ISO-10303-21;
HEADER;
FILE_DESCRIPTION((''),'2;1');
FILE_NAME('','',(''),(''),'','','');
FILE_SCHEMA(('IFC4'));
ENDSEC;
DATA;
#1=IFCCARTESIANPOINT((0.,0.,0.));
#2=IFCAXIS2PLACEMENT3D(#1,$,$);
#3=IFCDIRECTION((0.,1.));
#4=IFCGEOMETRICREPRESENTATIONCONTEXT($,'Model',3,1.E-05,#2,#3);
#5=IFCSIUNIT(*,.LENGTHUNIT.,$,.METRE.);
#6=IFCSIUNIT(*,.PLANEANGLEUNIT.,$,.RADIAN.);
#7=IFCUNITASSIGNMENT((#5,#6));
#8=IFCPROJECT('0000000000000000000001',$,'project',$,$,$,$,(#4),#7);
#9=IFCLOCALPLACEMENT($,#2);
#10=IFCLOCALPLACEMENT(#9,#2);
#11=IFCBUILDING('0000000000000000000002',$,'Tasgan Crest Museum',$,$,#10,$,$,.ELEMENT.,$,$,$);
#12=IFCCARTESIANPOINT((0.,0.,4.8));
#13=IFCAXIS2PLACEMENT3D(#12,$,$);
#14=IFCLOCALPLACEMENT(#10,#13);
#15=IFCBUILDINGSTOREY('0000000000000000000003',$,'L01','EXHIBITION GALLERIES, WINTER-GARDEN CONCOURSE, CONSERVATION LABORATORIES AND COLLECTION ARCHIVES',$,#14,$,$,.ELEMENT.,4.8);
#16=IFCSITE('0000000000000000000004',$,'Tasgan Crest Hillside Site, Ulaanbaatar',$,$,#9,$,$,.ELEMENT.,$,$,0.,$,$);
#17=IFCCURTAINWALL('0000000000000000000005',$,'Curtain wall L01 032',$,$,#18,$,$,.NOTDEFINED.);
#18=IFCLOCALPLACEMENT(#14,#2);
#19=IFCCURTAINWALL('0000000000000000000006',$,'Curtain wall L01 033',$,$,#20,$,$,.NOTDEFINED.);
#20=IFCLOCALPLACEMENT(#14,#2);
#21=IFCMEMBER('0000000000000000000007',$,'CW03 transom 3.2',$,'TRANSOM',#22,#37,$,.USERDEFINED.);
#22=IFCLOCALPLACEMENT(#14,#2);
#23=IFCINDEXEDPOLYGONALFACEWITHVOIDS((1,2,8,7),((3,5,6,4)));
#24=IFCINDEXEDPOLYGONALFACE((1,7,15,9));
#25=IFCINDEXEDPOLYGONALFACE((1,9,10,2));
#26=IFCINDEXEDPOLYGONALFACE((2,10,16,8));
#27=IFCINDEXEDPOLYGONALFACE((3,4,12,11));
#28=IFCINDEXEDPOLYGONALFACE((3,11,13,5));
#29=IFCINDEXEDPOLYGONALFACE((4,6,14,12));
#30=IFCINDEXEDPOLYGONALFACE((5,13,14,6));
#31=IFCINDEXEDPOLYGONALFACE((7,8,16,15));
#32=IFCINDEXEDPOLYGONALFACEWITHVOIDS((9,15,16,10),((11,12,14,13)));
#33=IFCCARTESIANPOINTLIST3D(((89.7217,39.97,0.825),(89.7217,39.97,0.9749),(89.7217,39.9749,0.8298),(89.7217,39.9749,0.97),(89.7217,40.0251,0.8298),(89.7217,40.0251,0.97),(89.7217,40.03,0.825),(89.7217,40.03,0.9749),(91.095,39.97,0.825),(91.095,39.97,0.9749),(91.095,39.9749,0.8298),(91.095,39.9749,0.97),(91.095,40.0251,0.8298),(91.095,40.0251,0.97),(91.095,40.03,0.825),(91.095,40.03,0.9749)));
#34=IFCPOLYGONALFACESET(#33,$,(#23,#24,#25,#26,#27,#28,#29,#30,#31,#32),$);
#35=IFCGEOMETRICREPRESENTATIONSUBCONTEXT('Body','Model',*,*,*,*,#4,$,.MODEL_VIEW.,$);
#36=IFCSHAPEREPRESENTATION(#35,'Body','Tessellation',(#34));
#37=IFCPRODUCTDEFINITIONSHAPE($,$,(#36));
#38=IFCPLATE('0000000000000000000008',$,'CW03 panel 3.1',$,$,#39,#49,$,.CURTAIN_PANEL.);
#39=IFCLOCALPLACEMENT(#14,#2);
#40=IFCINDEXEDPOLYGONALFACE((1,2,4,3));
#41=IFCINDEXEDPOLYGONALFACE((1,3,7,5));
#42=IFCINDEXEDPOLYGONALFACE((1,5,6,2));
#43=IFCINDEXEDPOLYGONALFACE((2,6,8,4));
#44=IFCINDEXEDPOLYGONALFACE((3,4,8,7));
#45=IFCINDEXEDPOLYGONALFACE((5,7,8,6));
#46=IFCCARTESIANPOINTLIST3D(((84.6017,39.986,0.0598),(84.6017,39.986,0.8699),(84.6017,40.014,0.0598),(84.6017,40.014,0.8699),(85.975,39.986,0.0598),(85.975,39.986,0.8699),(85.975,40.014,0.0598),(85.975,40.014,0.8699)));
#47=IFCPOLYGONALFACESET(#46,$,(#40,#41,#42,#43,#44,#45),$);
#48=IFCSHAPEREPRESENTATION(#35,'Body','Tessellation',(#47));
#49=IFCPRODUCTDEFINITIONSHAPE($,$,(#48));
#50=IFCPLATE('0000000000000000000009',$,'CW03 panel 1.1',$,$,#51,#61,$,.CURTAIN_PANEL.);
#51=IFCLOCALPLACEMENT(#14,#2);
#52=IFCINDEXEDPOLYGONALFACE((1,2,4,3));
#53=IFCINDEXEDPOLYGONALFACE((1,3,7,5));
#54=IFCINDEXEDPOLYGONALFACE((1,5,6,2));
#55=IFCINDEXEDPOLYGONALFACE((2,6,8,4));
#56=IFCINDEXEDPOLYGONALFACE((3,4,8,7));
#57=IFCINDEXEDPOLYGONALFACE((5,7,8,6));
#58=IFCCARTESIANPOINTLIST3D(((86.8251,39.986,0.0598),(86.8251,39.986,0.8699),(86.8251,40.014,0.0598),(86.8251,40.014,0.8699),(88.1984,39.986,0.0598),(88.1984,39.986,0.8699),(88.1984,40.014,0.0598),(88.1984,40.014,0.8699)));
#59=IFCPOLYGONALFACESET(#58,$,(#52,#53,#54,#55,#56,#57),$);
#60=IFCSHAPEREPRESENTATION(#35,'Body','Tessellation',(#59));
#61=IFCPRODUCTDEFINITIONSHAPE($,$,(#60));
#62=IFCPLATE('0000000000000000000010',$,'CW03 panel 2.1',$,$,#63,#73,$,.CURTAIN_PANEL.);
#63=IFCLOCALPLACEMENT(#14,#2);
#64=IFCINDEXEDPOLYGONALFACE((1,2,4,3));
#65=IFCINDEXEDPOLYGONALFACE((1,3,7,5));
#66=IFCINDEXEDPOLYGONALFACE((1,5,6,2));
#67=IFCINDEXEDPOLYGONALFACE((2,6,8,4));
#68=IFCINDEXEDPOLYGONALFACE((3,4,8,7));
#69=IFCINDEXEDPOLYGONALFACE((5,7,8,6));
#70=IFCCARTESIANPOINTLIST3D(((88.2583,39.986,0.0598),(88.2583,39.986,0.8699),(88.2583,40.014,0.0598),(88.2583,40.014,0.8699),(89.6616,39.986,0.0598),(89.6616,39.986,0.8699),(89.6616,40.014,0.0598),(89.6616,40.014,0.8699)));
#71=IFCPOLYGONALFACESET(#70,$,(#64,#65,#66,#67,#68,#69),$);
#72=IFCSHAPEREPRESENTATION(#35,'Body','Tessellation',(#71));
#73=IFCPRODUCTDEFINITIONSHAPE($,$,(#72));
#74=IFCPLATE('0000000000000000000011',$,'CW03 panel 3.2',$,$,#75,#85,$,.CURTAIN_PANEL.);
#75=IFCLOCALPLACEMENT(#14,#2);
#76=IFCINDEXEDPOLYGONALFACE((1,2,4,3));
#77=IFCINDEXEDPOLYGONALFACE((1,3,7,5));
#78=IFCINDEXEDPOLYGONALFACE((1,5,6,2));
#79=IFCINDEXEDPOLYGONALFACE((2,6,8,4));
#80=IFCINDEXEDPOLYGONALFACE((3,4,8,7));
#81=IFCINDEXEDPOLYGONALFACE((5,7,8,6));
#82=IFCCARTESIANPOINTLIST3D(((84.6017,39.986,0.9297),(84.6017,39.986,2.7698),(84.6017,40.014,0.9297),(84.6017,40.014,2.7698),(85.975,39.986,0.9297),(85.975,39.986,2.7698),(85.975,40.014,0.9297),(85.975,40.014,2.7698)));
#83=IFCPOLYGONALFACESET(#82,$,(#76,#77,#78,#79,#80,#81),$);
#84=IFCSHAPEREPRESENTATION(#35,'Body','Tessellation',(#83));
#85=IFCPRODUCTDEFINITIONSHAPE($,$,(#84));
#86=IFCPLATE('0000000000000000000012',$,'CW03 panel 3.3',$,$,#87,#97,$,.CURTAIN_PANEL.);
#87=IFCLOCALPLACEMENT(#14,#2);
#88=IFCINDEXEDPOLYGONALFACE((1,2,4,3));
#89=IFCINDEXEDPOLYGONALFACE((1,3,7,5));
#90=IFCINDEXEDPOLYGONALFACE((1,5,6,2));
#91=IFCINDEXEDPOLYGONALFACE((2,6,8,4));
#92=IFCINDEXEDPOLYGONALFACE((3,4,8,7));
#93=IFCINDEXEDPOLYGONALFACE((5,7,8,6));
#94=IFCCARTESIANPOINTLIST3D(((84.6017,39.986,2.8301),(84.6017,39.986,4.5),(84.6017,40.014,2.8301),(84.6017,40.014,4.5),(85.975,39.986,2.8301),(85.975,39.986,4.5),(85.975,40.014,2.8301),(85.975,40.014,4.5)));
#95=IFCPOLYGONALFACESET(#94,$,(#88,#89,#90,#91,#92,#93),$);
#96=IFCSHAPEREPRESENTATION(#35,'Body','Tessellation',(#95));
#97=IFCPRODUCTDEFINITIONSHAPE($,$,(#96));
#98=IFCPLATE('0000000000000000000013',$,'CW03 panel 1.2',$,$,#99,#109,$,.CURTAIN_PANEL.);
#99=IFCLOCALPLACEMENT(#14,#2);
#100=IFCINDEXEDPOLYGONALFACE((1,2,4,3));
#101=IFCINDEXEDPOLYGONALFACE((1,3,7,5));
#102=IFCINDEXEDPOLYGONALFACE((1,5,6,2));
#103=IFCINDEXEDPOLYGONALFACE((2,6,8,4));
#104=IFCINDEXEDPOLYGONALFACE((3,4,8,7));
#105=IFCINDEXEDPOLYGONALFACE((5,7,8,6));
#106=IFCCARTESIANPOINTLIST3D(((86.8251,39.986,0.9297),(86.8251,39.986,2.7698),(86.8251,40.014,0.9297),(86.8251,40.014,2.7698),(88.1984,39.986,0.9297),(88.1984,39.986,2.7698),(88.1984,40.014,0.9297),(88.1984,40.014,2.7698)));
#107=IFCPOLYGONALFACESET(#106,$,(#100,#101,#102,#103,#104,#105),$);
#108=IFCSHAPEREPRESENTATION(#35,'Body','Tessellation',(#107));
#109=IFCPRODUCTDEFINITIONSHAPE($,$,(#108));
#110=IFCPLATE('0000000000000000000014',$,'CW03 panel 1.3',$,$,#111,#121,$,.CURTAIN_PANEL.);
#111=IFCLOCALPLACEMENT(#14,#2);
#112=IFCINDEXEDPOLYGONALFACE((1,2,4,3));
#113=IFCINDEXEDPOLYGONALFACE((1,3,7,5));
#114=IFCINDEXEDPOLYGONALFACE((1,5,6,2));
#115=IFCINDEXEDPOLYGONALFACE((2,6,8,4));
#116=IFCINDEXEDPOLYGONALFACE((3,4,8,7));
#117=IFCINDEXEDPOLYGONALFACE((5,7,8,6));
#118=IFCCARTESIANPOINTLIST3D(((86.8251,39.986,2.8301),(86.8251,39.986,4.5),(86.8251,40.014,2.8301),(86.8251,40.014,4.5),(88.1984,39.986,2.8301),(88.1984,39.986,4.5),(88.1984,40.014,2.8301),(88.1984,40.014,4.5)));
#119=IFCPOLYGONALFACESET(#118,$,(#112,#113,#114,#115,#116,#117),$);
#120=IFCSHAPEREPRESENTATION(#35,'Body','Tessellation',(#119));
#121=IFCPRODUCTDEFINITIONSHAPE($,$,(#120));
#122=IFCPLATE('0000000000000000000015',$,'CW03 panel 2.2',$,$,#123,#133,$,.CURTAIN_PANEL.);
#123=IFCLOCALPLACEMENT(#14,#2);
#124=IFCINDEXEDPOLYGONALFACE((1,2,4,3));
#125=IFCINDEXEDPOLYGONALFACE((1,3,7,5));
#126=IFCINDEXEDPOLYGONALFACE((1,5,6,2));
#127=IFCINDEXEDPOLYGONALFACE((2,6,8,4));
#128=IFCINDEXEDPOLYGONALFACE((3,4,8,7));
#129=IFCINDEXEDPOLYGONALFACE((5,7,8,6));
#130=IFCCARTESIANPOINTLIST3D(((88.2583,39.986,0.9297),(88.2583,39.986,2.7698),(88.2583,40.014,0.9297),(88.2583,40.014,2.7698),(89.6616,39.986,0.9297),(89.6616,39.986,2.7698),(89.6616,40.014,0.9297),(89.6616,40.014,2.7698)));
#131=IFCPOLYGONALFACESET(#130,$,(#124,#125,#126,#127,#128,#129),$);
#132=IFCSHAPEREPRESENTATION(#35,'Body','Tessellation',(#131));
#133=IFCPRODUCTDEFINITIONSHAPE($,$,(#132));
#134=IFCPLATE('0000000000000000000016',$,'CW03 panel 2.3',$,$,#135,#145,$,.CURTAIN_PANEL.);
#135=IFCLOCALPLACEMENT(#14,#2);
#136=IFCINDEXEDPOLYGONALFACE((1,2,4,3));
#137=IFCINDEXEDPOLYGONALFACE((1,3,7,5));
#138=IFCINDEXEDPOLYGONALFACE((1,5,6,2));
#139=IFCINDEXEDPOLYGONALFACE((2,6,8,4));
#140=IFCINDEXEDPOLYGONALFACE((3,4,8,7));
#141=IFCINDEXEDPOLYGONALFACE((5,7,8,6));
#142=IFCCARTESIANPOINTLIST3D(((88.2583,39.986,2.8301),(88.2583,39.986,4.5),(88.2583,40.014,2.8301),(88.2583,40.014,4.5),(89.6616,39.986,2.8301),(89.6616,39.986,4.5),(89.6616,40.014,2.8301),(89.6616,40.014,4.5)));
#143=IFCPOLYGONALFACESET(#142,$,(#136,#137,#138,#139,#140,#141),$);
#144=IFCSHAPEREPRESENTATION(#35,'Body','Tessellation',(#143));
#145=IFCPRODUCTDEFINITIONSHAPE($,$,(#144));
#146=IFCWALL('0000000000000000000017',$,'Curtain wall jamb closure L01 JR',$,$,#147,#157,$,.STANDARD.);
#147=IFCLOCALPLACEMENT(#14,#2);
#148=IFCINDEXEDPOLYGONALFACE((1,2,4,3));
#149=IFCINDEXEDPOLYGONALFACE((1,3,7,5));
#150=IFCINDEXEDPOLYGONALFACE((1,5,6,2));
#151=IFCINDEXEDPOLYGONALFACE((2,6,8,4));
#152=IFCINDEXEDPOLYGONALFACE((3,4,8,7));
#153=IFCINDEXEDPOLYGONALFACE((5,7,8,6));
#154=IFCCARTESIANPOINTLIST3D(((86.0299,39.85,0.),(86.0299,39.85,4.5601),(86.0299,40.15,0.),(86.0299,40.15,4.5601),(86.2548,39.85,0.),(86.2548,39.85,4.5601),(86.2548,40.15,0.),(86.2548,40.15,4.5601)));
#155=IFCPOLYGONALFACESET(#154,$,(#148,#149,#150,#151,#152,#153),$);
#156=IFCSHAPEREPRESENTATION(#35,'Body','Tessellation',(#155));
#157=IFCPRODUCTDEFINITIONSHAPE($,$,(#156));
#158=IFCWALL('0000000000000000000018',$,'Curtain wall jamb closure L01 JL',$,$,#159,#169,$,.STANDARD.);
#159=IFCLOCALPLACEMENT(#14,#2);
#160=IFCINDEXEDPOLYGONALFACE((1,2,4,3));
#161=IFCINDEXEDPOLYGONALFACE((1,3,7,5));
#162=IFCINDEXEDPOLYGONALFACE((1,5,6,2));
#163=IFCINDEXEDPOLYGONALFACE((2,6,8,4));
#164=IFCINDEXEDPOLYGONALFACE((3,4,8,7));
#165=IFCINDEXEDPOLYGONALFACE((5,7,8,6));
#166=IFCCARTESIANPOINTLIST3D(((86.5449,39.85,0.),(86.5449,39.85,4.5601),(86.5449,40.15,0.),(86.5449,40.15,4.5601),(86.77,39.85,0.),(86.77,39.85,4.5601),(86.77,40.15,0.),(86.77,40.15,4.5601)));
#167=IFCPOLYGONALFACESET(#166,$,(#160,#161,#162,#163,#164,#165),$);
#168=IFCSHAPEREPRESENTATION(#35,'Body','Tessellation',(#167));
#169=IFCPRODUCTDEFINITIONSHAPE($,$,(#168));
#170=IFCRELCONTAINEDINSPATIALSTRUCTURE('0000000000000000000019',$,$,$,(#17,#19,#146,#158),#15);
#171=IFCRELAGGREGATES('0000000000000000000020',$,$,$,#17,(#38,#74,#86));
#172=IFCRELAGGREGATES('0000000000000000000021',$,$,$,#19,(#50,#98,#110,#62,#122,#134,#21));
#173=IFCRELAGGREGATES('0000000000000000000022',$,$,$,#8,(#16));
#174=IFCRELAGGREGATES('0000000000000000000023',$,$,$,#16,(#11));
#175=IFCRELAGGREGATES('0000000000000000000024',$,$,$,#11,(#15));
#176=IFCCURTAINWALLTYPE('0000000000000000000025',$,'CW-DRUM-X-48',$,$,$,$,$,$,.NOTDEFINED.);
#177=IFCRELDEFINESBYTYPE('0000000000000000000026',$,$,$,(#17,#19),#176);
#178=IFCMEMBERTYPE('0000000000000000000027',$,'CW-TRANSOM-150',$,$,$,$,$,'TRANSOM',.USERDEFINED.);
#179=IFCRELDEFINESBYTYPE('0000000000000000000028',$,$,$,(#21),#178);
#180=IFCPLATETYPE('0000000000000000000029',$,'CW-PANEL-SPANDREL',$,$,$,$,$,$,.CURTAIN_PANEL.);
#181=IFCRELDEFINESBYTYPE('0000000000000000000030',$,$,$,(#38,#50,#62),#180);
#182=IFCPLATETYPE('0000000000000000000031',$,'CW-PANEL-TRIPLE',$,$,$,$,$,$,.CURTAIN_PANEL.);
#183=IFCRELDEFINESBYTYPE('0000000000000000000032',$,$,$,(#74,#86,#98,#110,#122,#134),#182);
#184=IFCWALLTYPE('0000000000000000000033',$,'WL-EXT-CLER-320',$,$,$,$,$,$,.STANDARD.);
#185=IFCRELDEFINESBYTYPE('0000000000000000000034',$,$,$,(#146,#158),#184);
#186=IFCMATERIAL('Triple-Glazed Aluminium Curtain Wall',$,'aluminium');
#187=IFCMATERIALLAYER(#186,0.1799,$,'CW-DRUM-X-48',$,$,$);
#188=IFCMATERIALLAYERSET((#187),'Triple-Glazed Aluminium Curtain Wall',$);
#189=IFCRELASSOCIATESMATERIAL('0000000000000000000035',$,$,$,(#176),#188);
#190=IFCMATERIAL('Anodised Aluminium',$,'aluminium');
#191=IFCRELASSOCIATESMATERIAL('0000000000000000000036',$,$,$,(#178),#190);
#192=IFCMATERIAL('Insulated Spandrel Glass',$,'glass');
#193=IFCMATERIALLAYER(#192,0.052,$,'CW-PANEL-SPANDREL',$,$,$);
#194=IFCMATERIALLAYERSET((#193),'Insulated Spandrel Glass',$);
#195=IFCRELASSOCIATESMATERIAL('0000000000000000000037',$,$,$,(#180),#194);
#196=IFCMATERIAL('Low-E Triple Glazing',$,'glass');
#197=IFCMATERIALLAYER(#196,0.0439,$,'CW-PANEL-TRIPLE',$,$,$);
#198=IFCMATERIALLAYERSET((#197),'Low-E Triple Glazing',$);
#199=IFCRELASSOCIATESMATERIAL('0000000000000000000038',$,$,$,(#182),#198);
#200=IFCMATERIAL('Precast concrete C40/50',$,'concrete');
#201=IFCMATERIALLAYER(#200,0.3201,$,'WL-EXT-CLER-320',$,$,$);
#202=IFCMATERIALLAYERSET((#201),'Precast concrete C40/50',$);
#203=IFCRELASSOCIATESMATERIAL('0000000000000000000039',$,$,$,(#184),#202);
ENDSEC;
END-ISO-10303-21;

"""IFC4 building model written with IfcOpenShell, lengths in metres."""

from ifc_helpers import new_model, si_unit, direction, frame, frame_2d, origin, origin_2d, place, context, subcontext, project, spatial, rectangle, hollow_rectangle, extrude, material, layer, layer_set, material_profile, profile_set, type_object, element, aggregate, save


model = new_model("IFC4")

# Units and contexts
model_context = context("Model", 3, precision=1e-05, world=origin(), true_north=direction((0.0, 1.0)))
body_context = subcontext(model_context, "Body", "Model", "MODEL_VIEW")
ifc_project = project(units=[si_unit("LENGTHUNIT", "METRE"), si_unit("PLANEANGLEUNIT", "RADIAN")], contexts=[model_context])

# Site, building, storey
site_placement = place(None, origin())
site = spatial("IfcSite", under=ifc_project, at=site_placement, Name="Tasgan Crest Hillside Site, Ulaanbaatar", CompositionType="ELEMENT", RefElevation=0.0)
building_placement = place(site_placement, origin())
building = spatial("IfcBuilding", under=site, at=building_placement, Name="Tasgan Crest Museum", CompositionType="ELEMENT")
storey_placement = place(building_placement, frame((0.0, 0.0, 4.8)))
storey = spatial("IfcBuildingStorey", under=building, at=storey_placement, Name="L01", Description="EXHIBITION GALLERIES, WINTER-GARDEN CONCOURSE, CONSERVATION LABORATORIES AND COLLECTION ARCHIVES", CompositionType="ELEMENT", Elevation=4.8)

# Curtain wall
ifc_material_1 = material(Name="Triple-Glazed Aluminium Curtain Wall", Category="aluminium")
ifc_layer_1 = layer(ifc_material_1, 0.1799, Name="CW-DRUM-X-48")
ifc_layer_set_1 = layer_set([ifc_layer_1], Name="Triple-Glazed Aluminium Curtain Wall")
curtain_wall_type = type_object("IfcCurtainWallType", Name="CW-DRUM-X-48", PredefinedType="NOTDEFINED", material=ifc_layer_set_1)
curtain_wall_1_placement = place(storey_placement, origin())
curtain_wall_1 = element("IfcCurtainWall", 1, at=curtain_wall_1_placement, inside=storey, type_object=curtain_wall_type, Name="Curtain wall L01 032", PredefinedType="NOTDEFINED")

# Curtain wall
curtain_wall_2_placement = place(storey_placement, origin())
curtain_wall_2 = element("IfcCurtainWall", 2, at=curtain_wall_2_placement, inside=storey, type_object=curtain_wall_type, Name="Curtain wall L01 033", PredefinedType="NOTDEFINED")

# Member
ifc_material_2 = material(Name="Anodised Aluminium", Category="aluminium")
ifc_material_profile_1 = material_profile(ifc_material_2, hollow_rectangle(XDim=0.0601, YDim=0.1499, WallThickness=0.0049, at=origin_2d()), Name="ALU TRANSOM 150x60x5")
ifc_profile_set_1 = profile_set([ifc_material_profile_1], Name="Anodised Aluminium")
member_type_1 = type_object("IfcMemberType", Name="CW-TRANSOM-150", ElementType="TRANSOM", PredefinedType="USERDEFINED", material=ifc_profile_set_1)
member_1_placement = place(storey_placement, frame((89.7217, 40.0, 0.8999), z_axis=(1.0, 0.0, 0.0), x_axis=(0.0, 1.0, 0.0)))
member_1 = element("IfcMember", 3, at=member_1_placement, type_object=member_type_1, Name="CW03 transom 3.2", ObjectType="TRANSOM", PredefinedType="USERDEFINED", context=body_context, shape_type="SweptSolid", body=[
    extrude(hollow_rectangle(XDim=0.0601, YDim=0.1499, WallThickness=0.0049, at=origin_2d()), origin(), (0.0, 0.0, 1.0), 1.3733),
])

# Plates
ifc_material_3 = material(Name="Insulated Spandrel Glass", Category="glass")
ifc_layer_2 = layer(ifc_material_3, 0.052, Name="CW-PANEL-SPANDREL")
ifc_layer_set_2 = layer_set([ifc_layer_2], Name="Insulated Spandrel Glass")
plate_type_1 = type_object("IfcPlateType", Name="CW-PANEL-SPANDREL", PredefinedType="CURTAIN_PANEL", material=ifc_layer_set_2)
plate_1_placement = place(storey_placement, frame((85.2883, 40.0, 0.0598), z_axis=(0.0, 0.0, 1.0), x_axis=(1.0, 0.0, 0.0)))
plate_1 = element("IfcPlate", 4, at=plate_1_placement, type_object=plate_type_1, Name="CW03 panel 3.1", PredefinedType="CURTAIN_PANEL", context=body_context, shape_type="SweptSolid", body=[
    extrude(rectangle(XDim=1.3733, YDim=0.0281, at=origin_2d()), origin(), (0.0, 0.0, 1.0), 0.8101),
])
plate_2_placement = place(storey_placement, frame((87.5117, 40.0, 0.0598), z_axis=(0.0, 0.0, 1.0), x_axis=(1.0, 0.0, 0.0)))
plate_2 = element("IfcPlate", 5, at=plate_2_placement, type_object=plate_type_1, Name="CW03 panel 1.1", PredefinedType="CURTAIN_PANEL", context=body_context, shape_type="SweptSolid", body=[
    extrude(rectangle(XDim=1.3733, YDim=0.0281, at=origin_2d()), origin(), (0.0, 0.0, 1.0), 0.8101),
])
plate_3_placement = place(storey_placement, frame((88.96, 40.0, 0.0598), z_axis=(0.0, 0.0, 1.0), x_axis=(1.0, 0.0, 0.0)))
plate_3 = element("IfcPlate", 6, at=plate_3_placement, type_object=plate_type_1, Name="CW03 panel 2.1", PredefinedType="CURTAIN_PANEL", context=body_context, shape_type="SweptSolid", body=[
    extrude(rectangle(XDim=1.4033, YDim=0.0281, at=origin_2d()), origin(), (0.0, 0.0, 1.0), 0.8101),
])
ifc_material_4 = material(Name="Low-E Triple Glazing", Category="glass")
ifc_layer_3 = layer(ifc_material_4, 0.0439, Name="CW-PANEL-TRIPLE")
ifc_layer_set_3 = layer_set([ifc_layer_3], Name="Low-E Triple Glazing")
plate_type_2 = type_object("IfcPlateType", Name="CW-PANEL-TRIPLE", PredefinedType="CURTAIN_PANEL", material=ifc_layer_set_3)
plate_4_placement = place(storey_placement, frame((85.2883, 40.0, 0.9297), z_axis=(0.0, 0.0, 1.0), x_axis=(1.0, 0.0, 0.0)))
plate_4 = element("IfcPlate", 7, at=plate_4_placement, type_object=plate_type_2, Name="CW03 panel 3.2", PredefinedType="CURTAIN_PANEL", context=body_context, shape_type="SweptSolid", body=[
    extrude(rectangle(XDim=1.3733, YDim=0.0281, at=origin_2d()), origin(), (0.0, 0.0, 1.0), 1.8401),
])
plate_5_placement = place(storey_placement, frame((85.2883, 40.0, 2.8301), z_axis=(0.0, 0.0, 1.0), x_axis=(1.0, 0.0, 0.0)))
plate_5 = element("IfcPlate", 8, at=plate_5_placement, type_object=plate_type_2, Name="CW03 panel 3.3", PredefinedType="CURTAIN_PANEL", context=body_context, shape_type="SweptSolid", body=[
    extrude(rectangle(XDim=1.3733, YDim=0.0281, at=origin_2d()), origin(), (0.0, 0.0, 1.0), 1.6699),
])
aggregate(curtain_wall_1, [plate_1, plate_4, plate_5])
plate_6_placement = place(storey_placement, frame((87.5117, 40.0, 0.9297), z_axis=(0.0, 0.0, 1.0), x_axis=(1.0, 0.0, 0.0)))
plate_6 = element("IfcPlate", 9, at=plate_6_placement, type_object=plate_type_2, Name="CW03 panel 1.2", PredefinedType="CURTAIN_PANEL", context=body_context, shape_type="SweptSolid", body=[
    extrude(rectangle(XDim=1.3733, YDim=0.0281, at=origin_2d()), origin(), (0.0, 0.0, 1.0), 1.8401),
])
plate_7_placement = place(storey_placement, frame((87.5117, 40.0, 2.8301), z_axis=(0.0, 0.0, 1.0), x_axis=(1.0, 0.0, 0.0)))
plate_7 = element("IfcPlate", 10, at=plate_7_placement, type_object=plate_type_2, Name="CW03 panel 1.3", PredefinedType="CURTAIN_PANEL", context=body_context, shape_type="SweptSolid", body=[
    extrude(rectangle(XDim=1.3733, YDim=0.0281, at=origin_2d()), origin(), (0.0, 0.0, 1.0), 1.6699),
])
plate_8_placement = place(storey_placement, frame((88.96, 40.0, 0.9297), z_axis=(0.0, 0.0, 1.0), x_axis=(1.0, 0.0, 0.0)))
plate_8 = element("IfcPlate", 11, at=plate_8_placement, type_object=plate_type_2, Name="CW03 panel 2.2", PredefinedType="CURTAIN_PANEL", context=body_context, shape_type="SweptSolid", body=[
    extrude(rectangle(XDim=1.4033, YDim=0.0281, at=origin_2d()), origin(), (0.0, 0.0, 1.0), 1.8401),
])
plate_9_placement = place(storey_placement, frame((88.96, 40.0, 2.8301), z_axis=(0.0, 0.0, 1.0), x_axis=(1.0, 0.0, 0.0)))
plate_9 = element("IfcPlate", 12, at=plate_9_placement, type_object=plate_type_2, Name="CW03 panel 2.3", PredefinedType="CURTAIN_PANEL", context=body_context, shape_type="SweptSolid", body=[
    extrude(rectangle(XDim=1.4033, YDim=0.0281, at=origin_2d()), origin(), (0.0, 0.0, 1.0), 1.6699),
])
aggregate(curtain_wall_2, [plate_2, plate_6, plate_7, plate_3, plate_8, plate_9, member_1])

# Walls
ifc_material_5 = material(Name="Precast concrete C40/50", Category="concrete")
ifc_layer_4 = layer(ifc_material_5, 0.3201, Name="WL-EXT-CLER-320")
ifc_layer_set_4 = layer_set([ifc_layer_4], Name="Precast concrete C40/50")
wall_type = type_object("IfcWallType", Name="WL-EXT-CLER-320", PredefinedType="STANDARD", material=ifc_layer_set_4)
wall_1_placement = place(storey_placement, frame((86.03, 40.0, 0.0), z_axis=(0.0, 0.0, 1.0), x_axis=(1.0, 0.0, 0.0)))
element("IfcWall", 13, at=wall_1_placement, inside=storey, type_object=wall_type, Name="Curtain wall jamb closure L01 JR", PredefinedType="STANDARD", context=body_context, shape_type="SweptSolid", body=[
    extrude(rectangle(XDim=0.2249, YDim=0.3, at=frame_2d((0.1123, 0.0))), origin(), (0.0, 0.0, 1.0), 4.5601),
])
wall_2_placement = place(storey_placement, frame((86.5449, 40.0, 0.0), z_axis=(0.0, 0.0, 1.0), x_axis=(1.0, 0.0, 0.0)))
element("IfcWall", 14, at=wall_2_placement, inside=storey, type_object=wall_type, Name="Curtain wall jamb closure L01 JL", PredefinedType="STANDARD", context=body_context, shape_type="SweptSolid", body=[
    extrude(rectangle(XDim=0.2251, YDim=0.3, at=frame_2d((0.1125, 0.0))), origin(), (0.0, 0.0, 1.0), 4.5601),
])

save(model, "model.ifc")
